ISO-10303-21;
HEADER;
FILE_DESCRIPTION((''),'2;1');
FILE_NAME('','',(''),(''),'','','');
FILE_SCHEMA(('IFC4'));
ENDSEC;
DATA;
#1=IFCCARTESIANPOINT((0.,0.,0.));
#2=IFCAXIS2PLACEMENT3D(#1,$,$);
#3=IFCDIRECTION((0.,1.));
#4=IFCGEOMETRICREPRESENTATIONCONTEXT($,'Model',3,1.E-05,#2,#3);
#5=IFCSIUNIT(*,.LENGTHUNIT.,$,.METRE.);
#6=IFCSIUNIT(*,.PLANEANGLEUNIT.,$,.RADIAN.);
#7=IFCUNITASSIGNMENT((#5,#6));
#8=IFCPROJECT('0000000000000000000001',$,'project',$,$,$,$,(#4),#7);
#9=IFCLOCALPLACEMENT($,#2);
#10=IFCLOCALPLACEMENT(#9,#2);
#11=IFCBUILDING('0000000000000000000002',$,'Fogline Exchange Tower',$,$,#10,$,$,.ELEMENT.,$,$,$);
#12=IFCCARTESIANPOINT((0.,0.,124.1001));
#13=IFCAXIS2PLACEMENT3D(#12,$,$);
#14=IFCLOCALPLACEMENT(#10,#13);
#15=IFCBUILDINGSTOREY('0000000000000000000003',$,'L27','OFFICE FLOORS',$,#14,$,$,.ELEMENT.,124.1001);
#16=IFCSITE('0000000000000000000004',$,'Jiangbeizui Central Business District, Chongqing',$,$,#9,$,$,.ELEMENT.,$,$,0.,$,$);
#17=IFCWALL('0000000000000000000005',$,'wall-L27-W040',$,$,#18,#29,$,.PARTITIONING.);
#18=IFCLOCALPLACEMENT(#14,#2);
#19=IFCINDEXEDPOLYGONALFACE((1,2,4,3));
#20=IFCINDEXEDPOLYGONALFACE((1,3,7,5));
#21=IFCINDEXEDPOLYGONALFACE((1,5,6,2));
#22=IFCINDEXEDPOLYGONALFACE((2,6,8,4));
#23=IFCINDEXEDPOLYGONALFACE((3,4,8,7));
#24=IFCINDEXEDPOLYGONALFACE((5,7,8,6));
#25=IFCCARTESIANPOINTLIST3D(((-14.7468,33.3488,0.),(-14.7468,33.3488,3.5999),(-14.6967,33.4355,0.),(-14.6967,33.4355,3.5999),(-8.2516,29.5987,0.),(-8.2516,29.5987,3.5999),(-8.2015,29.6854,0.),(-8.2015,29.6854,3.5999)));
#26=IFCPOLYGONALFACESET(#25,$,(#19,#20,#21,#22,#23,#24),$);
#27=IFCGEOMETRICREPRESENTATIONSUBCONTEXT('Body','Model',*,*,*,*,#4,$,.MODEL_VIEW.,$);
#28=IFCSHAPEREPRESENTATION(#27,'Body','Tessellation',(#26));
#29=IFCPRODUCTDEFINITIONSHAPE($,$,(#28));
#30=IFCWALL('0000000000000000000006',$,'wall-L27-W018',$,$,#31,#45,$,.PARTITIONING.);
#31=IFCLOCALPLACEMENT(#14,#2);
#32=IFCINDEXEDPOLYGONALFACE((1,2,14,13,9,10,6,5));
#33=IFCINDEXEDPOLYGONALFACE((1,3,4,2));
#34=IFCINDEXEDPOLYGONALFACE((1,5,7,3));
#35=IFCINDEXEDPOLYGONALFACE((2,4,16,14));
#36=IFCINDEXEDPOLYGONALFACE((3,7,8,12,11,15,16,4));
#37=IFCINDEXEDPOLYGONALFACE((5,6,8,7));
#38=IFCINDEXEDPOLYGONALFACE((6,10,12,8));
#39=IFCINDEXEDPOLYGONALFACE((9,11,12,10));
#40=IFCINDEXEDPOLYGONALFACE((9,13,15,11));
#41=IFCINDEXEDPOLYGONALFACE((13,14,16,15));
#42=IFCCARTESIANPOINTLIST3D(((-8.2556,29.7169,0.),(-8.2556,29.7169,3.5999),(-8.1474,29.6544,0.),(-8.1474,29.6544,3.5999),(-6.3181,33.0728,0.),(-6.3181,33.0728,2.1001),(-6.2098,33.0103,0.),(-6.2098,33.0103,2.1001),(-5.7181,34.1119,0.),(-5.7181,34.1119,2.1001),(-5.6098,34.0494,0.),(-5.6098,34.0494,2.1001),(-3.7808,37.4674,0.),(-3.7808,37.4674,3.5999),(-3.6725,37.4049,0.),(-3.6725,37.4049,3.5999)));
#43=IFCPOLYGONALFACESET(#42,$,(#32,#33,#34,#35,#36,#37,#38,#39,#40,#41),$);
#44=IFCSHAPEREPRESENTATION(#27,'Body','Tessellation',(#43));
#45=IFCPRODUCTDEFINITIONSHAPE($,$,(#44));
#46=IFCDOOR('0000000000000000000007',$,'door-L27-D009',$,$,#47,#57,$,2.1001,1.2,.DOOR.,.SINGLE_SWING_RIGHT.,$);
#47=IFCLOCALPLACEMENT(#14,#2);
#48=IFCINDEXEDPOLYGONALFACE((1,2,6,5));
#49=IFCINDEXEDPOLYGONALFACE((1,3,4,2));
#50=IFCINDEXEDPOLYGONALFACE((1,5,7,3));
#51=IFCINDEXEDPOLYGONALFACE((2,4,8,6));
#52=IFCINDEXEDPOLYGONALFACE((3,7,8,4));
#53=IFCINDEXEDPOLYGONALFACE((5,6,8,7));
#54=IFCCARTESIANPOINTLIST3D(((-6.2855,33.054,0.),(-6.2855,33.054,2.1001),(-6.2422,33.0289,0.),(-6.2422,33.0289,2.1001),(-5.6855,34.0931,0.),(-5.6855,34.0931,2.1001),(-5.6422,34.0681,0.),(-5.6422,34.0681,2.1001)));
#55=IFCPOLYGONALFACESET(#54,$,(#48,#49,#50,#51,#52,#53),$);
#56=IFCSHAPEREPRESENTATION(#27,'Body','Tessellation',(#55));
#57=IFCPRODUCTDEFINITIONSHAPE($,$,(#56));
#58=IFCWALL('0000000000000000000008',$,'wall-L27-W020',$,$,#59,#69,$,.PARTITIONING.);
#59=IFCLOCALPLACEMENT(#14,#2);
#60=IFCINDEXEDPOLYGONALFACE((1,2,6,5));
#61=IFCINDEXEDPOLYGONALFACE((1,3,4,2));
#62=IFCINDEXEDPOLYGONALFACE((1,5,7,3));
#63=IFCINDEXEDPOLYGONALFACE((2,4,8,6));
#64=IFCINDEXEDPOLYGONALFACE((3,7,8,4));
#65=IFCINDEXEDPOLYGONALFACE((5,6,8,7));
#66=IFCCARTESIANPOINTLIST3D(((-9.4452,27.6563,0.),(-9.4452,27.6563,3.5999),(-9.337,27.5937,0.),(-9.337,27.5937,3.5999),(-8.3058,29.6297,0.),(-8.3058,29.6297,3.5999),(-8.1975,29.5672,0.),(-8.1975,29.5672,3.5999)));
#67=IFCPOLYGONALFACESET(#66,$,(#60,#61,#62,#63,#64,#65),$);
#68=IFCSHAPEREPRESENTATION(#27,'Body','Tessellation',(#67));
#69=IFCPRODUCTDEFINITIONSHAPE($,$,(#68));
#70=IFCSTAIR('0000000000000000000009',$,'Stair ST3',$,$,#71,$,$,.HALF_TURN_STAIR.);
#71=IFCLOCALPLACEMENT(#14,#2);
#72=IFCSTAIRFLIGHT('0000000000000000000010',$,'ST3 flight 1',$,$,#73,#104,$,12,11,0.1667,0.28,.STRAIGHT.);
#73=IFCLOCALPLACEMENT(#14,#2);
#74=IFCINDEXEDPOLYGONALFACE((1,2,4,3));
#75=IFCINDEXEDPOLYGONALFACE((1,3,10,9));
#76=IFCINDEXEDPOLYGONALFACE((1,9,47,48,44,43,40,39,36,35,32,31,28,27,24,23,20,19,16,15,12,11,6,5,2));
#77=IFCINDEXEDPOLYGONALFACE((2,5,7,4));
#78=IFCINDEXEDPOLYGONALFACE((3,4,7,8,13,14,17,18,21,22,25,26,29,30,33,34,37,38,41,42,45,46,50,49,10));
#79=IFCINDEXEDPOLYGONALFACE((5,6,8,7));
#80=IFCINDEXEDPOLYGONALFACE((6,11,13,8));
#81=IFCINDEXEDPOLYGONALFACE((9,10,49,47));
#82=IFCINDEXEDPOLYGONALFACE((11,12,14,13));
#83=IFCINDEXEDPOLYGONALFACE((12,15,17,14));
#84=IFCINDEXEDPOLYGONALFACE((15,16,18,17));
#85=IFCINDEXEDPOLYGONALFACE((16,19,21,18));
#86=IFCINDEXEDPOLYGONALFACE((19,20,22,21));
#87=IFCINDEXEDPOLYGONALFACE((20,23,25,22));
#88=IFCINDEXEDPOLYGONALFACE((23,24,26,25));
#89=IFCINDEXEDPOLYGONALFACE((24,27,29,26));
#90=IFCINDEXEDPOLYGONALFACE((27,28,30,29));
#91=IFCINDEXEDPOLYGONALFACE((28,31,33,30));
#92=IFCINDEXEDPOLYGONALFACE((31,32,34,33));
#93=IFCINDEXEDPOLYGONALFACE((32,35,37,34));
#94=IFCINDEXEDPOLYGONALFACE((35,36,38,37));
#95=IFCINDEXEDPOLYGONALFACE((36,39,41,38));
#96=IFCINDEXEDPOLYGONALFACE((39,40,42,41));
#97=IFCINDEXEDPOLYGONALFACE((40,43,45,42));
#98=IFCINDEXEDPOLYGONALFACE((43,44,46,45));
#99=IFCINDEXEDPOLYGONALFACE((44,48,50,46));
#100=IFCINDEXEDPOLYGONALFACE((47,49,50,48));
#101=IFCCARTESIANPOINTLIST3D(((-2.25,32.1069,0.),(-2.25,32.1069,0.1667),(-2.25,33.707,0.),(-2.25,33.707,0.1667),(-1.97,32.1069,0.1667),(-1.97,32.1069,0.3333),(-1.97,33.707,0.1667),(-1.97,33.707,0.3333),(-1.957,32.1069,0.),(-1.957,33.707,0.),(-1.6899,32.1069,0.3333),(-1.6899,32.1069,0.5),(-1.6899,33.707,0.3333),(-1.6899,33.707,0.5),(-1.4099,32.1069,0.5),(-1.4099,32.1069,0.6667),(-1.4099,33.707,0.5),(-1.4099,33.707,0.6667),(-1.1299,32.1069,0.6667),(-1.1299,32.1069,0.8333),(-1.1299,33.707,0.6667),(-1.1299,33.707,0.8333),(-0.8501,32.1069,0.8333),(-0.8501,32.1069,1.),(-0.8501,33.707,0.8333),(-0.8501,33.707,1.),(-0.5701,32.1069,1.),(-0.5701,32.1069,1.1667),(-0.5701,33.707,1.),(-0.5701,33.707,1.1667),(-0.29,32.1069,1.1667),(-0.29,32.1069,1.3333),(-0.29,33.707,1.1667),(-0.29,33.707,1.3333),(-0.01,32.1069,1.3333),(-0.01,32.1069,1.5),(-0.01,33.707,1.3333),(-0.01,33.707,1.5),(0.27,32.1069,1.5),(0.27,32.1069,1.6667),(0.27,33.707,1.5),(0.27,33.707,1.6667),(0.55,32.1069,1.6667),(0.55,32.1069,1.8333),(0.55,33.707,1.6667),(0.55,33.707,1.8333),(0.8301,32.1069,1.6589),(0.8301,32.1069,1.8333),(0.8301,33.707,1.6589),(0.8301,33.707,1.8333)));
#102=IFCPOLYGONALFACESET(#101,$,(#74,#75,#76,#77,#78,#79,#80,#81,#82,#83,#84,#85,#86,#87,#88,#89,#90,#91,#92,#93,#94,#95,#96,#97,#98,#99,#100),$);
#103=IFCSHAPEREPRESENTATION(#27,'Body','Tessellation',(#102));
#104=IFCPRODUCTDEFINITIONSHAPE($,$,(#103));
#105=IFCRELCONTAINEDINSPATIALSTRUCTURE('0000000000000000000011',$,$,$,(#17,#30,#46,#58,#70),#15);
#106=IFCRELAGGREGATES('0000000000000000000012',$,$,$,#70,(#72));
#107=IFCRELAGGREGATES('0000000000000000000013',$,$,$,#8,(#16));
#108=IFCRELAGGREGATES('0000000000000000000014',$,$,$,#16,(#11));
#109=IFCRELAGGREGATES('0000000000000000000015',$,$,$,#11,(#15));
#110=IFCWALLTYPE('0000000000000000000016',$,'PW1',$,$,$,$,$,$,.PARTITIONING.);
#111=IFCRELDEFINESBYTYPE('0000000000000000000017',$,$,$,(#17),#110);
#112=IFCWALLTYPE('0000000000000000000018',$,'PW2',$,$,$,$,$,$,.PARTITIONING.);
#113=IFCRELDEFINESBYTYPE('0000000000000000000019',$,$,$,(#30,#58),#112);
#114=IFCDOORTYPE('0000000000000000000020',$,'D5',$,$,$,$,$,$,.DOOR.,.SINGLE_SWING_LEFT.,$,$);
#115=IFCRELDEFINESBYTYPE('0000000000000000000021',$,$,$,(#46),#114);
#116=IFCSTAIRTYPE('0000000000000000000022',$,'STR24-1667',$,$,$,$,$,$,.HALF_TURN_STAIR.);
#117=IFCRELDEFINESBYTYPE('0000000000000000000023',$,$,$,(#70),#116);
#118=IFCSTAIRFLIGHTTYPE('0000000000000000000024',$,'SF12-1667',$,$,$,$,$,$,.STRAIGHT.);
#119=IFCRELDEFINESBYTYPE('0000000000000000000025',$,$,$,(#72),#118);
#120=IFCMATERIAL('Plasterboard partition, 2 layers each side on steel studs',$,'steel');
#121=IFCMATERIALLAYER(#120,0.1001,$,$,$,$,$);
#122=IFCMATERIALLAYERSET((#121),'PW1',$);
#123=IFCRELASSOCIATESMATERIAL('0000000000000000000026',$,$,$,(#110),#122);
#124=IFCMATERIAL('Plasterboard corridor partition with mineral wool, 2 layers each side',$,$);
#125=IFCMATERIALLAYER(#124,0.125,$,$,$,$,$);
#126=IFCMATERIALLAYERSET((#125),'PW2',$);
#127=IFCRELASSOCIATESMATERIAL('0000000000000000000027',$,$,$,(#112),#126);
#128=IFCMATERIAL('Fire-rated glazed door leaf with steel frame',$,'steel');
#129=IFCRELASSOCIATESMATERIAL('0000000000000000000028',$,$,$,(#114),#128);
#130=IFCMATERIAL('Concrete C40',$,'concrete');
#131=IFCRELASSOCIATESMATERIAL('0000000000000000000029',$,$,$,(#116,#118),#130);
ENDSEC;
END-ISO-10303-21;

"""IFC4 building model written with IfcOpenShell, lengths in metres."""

from ifc_helpers import new_model, si_unit, direction, frame, frame_2d, origin, place, context, subcontext, project, spatial, polyline, rectangle, outline, extrude, material, layer, layer_set, type_object, element, fill, aggregate, save


model = new_model("IFC4")

# Units and contexts
model_context = context("Model", 3, precision=1e-05, world=origin(), true_north=direction((0.0, 1.0)))
body_context = subcontext(model_context, "Body", "Model", "MODEL_VIEW")
ifc_project = project(units=[si_unit("LENGTHUNIT", "METRE"), si_unit("PLANEANGLEUNIT", "RADIAN")], contexts=[model_context])

# Site, building, storey
site_placement = place(None, origin())
site = spatial("IfcSite", under=ifc_project, at=site_placement, Name="Jiangbeizui Central Business District, Chongqing", CompositionType="ELEMENT", RefElevation=0.0)
building_placement = place(site_placement, origin())
building = spatial("IfcBuilding", under=site, at=building_placement, Name="Fogline Exchange Tower", CompositionType="ELEMENT")
storey_placement = place(building_placement, frame((0.0, 0.0, 124.1001)))
storey = spatial("IfcBuildingStorey", under=building, at=storey_placement, Name="L27", Description="OFFICE FLOORS", CompositionType="ELEMENT", Elevation=124.1001)

# Shared definitions
ifc_material_1 = material(Name="Concrete C40", Category="concrete")

# Wall
ifc_material_2 = material(Name="Plasterboard partition, 2 layers each side on steel studs", Category="steel")
ifc_layer_1 = layer(ifc_material_2, 0.1001)
ifc_layer_set_1 = layer_set([ifc_layer_1], Name="PW1")
wall_type_1 = type_object("IfcWallType", Name="PW1", PredefinedType="PARTITIONING", material=ifc_layer_set_1)
wall_1_placement = place(storey_placement, frame((-8.2266, 29.6421, 0.0), z_axis=(0.0, 0.0, 1.0), x_axis=(-0.866023, 0.500004, 0.0)))
element("IfcWall", 1, at=wall_1_placement, inside=storey, type_object=wall_type_1, Name="wall-L27-W040", PredefinedType="PARTITIONING", context=body_context, shape_type="SweptSolid", body=[
    extrude(rectangle(XDim=7.5, YDim=0.1001, at=frame_2d((3.75, 0.0))), origin(), (0.0, 0.0, 1.0), 3.5999),
])

# Wall, opening, door
ifc_material_3 = material(Name="Plasterboard corridor partition with mineral wool, 2 layers each side")
ifc_layer_2 = layer(ifc_material_3, 0.125)
ifc_layer_set_2 = layer_set([ifc_layer_2], Name="PW2")
wall_type_2 = type_object("IfcWallType", Name="PW2", PredefinedType="PARTITIONING", material=ifc_layer_set_2)
wall_2_placement = place(storey_placement, frame((-8.2014, 29.6858, 0.0), z_axis=(0.0, 0.0, 1.0), x_axis=(0.500009, 0.86602, 0.0)))
wall_2 = element("IfcWall", 2, at=wall_2_placement, inside=storey, type_object=wall_type_2, Name="wall-L27-W018", PredefinedType="PARTITIONING", context=body_context, shape_type="SweptSolid", body=[
    extrude(rectangle(XDim=8.9495, YDim=0.125, at=frame_2d((4.4746, 0.0))), origin(), (0.0, 0.0, 1.0), 3.5999),
])
opening_1_placement = place(wall_2_placement, frame((3.8748, 0.0, 0.0)))
opening_1 = element("IfcOpeningElement", 3, at=opening_1_placement, cuts=wall_2, PredefinedType="OPENING", context=body_context, shape_type="SweptSolid", body=[
    extrude(rectangle(XDim=1.2, YDim=2.1001, at=frame_2d((0.6001, 1.05))), frame((0.0, 0.0725, 0.0), z_axis=(0.0, -1.0, 0.0), x_axis=(1.0, 0.0, 0.0)), (0.0, 0.0, 1.0), 0.145),
])
ifc_material_4 = material(Name="Fire-rated glazed door leaf with steel frame", Category="steel")
door_type_1 = type_object("IfcDoorType", Name="D5", OperationType="SINGLE_SWING_LEFT", PredefinedType="DOOR", material=ifc_material_4)
door_1_placement = place(opening_1_placement, origin())
door_1 = element("IfcDoor", 4, at=door_1_placement, inside=storey, type_object=door_type_1, Name="door-L27-D009", OperationType="SINGLE_SWING_RIGHT", OverallHeight=2.1001, OverallWidth=1.2, PredefinedType="DOOR", context=body_context, shape_type="SweptSolid", body=[
    extrude(rectangle(XDim=1.2, YDim=2.1001, at=frame_2d((0.6001, 1.05))), frame((0.0, 0.0249, 0.0), z_axis=(0.0, -1.0, 0.0), x_axis=(1.0, 0.0, 0.0)), (0.0, 0.0, 1.0), 0.05),
])
fill(opening_1, door_1)

# Wall
wall_3_placement = place(storey_placement, frame((-9.3911, 27.625, 0.0), z_axis=(0.0, 0.0, 1.0), x_axis=(0.500022, 0.866013, 0.0)))
element("IfcWall", 5, at=wall_3_placement, inside=storey, type_object=wall_type_2, Name="wall-L27-W020", PredefinedType="PARTITIONING", context=body_context, shape_type="SweptSolid", body=[
    extrude(rectangle(XDim=2.2788, YDim=0.125, at=frame_2d((1.1394, 0.0))), origin(), (0.0, 0.0, 1.0), 3.5999),
])

# Stair, stair flight
stair_type = type_object("IfcStairType", Name="STR24-1667", PredefinedType="HALF_TURN_STAIR", material=ifc_material_1)
stair_placement = place(storey_placement, origin())
stair = element("IfcStair", 6, at=stair_placement, inside=storey, type_object=stair_type, Name="Stair ST3", PredefinedType="HALF_TURN_STAIR")
stair_flight_type = type_object("IfcStairFlightType", Name="SF12-1667", PredefinedType="STRAIGHT", material=ifc_material_1)
stair_flight_placement = place(storey_placement, frame((-2.25, 32.907, 0.0), z_axis=(0.0, 0.0, 1.0), x_axis=(1.0, 0.0, 0.0)))
stair_flight = element("IfcStairFlight", 7, at=stair_flight_placement, type_object=stair_flight_type, Name="ST3 flight 1", NumberOfRisers=12, NumberOfTreads=11, PredefinedType="STRAIGHT", RiserHeight=0.1667, TreadLength=0.28, context=body_context, shape_type="SweptSolid", body=[
    extrude(outline(polyline([(0.0, 0.0), (0.0, 0.1667), (0.28, 0.1667), (0.28, 0.3333), (0.5601, 0.3333), (0.5601, 0.5), (0.8401, 0.5), (0.8401, 0.6667), (1.1201, 0.6667), (1.1201, 0.8333), (1.3999, 0.8333), (1.3999, 1.0), (1.6799, 1.0), (1.6799, 1.1667), (1.96, 1.1667), (1.96, 1.3333), (2.24, 1.3333), (2.24, 1.5), (2.52, 1.5), (2.52, 1.6667), (2.8, 1.6667), (2.8, 1.8333), (3.0801, 1.8333), (3.0801, 2.0), (3.0801, 1.6589), (0.293, 0.0), (0.0, 0.0)])), frame((0.0, 0.8, 0.0), z_axis=(0.0, -1.0, 0.0), x_axis=(1.0, 0.0, 0.0)), (0.0, 0.0, 1.0), 1.6001),
])
aggregate(stair, [stair_flight])

save(model, "model.ifc")
